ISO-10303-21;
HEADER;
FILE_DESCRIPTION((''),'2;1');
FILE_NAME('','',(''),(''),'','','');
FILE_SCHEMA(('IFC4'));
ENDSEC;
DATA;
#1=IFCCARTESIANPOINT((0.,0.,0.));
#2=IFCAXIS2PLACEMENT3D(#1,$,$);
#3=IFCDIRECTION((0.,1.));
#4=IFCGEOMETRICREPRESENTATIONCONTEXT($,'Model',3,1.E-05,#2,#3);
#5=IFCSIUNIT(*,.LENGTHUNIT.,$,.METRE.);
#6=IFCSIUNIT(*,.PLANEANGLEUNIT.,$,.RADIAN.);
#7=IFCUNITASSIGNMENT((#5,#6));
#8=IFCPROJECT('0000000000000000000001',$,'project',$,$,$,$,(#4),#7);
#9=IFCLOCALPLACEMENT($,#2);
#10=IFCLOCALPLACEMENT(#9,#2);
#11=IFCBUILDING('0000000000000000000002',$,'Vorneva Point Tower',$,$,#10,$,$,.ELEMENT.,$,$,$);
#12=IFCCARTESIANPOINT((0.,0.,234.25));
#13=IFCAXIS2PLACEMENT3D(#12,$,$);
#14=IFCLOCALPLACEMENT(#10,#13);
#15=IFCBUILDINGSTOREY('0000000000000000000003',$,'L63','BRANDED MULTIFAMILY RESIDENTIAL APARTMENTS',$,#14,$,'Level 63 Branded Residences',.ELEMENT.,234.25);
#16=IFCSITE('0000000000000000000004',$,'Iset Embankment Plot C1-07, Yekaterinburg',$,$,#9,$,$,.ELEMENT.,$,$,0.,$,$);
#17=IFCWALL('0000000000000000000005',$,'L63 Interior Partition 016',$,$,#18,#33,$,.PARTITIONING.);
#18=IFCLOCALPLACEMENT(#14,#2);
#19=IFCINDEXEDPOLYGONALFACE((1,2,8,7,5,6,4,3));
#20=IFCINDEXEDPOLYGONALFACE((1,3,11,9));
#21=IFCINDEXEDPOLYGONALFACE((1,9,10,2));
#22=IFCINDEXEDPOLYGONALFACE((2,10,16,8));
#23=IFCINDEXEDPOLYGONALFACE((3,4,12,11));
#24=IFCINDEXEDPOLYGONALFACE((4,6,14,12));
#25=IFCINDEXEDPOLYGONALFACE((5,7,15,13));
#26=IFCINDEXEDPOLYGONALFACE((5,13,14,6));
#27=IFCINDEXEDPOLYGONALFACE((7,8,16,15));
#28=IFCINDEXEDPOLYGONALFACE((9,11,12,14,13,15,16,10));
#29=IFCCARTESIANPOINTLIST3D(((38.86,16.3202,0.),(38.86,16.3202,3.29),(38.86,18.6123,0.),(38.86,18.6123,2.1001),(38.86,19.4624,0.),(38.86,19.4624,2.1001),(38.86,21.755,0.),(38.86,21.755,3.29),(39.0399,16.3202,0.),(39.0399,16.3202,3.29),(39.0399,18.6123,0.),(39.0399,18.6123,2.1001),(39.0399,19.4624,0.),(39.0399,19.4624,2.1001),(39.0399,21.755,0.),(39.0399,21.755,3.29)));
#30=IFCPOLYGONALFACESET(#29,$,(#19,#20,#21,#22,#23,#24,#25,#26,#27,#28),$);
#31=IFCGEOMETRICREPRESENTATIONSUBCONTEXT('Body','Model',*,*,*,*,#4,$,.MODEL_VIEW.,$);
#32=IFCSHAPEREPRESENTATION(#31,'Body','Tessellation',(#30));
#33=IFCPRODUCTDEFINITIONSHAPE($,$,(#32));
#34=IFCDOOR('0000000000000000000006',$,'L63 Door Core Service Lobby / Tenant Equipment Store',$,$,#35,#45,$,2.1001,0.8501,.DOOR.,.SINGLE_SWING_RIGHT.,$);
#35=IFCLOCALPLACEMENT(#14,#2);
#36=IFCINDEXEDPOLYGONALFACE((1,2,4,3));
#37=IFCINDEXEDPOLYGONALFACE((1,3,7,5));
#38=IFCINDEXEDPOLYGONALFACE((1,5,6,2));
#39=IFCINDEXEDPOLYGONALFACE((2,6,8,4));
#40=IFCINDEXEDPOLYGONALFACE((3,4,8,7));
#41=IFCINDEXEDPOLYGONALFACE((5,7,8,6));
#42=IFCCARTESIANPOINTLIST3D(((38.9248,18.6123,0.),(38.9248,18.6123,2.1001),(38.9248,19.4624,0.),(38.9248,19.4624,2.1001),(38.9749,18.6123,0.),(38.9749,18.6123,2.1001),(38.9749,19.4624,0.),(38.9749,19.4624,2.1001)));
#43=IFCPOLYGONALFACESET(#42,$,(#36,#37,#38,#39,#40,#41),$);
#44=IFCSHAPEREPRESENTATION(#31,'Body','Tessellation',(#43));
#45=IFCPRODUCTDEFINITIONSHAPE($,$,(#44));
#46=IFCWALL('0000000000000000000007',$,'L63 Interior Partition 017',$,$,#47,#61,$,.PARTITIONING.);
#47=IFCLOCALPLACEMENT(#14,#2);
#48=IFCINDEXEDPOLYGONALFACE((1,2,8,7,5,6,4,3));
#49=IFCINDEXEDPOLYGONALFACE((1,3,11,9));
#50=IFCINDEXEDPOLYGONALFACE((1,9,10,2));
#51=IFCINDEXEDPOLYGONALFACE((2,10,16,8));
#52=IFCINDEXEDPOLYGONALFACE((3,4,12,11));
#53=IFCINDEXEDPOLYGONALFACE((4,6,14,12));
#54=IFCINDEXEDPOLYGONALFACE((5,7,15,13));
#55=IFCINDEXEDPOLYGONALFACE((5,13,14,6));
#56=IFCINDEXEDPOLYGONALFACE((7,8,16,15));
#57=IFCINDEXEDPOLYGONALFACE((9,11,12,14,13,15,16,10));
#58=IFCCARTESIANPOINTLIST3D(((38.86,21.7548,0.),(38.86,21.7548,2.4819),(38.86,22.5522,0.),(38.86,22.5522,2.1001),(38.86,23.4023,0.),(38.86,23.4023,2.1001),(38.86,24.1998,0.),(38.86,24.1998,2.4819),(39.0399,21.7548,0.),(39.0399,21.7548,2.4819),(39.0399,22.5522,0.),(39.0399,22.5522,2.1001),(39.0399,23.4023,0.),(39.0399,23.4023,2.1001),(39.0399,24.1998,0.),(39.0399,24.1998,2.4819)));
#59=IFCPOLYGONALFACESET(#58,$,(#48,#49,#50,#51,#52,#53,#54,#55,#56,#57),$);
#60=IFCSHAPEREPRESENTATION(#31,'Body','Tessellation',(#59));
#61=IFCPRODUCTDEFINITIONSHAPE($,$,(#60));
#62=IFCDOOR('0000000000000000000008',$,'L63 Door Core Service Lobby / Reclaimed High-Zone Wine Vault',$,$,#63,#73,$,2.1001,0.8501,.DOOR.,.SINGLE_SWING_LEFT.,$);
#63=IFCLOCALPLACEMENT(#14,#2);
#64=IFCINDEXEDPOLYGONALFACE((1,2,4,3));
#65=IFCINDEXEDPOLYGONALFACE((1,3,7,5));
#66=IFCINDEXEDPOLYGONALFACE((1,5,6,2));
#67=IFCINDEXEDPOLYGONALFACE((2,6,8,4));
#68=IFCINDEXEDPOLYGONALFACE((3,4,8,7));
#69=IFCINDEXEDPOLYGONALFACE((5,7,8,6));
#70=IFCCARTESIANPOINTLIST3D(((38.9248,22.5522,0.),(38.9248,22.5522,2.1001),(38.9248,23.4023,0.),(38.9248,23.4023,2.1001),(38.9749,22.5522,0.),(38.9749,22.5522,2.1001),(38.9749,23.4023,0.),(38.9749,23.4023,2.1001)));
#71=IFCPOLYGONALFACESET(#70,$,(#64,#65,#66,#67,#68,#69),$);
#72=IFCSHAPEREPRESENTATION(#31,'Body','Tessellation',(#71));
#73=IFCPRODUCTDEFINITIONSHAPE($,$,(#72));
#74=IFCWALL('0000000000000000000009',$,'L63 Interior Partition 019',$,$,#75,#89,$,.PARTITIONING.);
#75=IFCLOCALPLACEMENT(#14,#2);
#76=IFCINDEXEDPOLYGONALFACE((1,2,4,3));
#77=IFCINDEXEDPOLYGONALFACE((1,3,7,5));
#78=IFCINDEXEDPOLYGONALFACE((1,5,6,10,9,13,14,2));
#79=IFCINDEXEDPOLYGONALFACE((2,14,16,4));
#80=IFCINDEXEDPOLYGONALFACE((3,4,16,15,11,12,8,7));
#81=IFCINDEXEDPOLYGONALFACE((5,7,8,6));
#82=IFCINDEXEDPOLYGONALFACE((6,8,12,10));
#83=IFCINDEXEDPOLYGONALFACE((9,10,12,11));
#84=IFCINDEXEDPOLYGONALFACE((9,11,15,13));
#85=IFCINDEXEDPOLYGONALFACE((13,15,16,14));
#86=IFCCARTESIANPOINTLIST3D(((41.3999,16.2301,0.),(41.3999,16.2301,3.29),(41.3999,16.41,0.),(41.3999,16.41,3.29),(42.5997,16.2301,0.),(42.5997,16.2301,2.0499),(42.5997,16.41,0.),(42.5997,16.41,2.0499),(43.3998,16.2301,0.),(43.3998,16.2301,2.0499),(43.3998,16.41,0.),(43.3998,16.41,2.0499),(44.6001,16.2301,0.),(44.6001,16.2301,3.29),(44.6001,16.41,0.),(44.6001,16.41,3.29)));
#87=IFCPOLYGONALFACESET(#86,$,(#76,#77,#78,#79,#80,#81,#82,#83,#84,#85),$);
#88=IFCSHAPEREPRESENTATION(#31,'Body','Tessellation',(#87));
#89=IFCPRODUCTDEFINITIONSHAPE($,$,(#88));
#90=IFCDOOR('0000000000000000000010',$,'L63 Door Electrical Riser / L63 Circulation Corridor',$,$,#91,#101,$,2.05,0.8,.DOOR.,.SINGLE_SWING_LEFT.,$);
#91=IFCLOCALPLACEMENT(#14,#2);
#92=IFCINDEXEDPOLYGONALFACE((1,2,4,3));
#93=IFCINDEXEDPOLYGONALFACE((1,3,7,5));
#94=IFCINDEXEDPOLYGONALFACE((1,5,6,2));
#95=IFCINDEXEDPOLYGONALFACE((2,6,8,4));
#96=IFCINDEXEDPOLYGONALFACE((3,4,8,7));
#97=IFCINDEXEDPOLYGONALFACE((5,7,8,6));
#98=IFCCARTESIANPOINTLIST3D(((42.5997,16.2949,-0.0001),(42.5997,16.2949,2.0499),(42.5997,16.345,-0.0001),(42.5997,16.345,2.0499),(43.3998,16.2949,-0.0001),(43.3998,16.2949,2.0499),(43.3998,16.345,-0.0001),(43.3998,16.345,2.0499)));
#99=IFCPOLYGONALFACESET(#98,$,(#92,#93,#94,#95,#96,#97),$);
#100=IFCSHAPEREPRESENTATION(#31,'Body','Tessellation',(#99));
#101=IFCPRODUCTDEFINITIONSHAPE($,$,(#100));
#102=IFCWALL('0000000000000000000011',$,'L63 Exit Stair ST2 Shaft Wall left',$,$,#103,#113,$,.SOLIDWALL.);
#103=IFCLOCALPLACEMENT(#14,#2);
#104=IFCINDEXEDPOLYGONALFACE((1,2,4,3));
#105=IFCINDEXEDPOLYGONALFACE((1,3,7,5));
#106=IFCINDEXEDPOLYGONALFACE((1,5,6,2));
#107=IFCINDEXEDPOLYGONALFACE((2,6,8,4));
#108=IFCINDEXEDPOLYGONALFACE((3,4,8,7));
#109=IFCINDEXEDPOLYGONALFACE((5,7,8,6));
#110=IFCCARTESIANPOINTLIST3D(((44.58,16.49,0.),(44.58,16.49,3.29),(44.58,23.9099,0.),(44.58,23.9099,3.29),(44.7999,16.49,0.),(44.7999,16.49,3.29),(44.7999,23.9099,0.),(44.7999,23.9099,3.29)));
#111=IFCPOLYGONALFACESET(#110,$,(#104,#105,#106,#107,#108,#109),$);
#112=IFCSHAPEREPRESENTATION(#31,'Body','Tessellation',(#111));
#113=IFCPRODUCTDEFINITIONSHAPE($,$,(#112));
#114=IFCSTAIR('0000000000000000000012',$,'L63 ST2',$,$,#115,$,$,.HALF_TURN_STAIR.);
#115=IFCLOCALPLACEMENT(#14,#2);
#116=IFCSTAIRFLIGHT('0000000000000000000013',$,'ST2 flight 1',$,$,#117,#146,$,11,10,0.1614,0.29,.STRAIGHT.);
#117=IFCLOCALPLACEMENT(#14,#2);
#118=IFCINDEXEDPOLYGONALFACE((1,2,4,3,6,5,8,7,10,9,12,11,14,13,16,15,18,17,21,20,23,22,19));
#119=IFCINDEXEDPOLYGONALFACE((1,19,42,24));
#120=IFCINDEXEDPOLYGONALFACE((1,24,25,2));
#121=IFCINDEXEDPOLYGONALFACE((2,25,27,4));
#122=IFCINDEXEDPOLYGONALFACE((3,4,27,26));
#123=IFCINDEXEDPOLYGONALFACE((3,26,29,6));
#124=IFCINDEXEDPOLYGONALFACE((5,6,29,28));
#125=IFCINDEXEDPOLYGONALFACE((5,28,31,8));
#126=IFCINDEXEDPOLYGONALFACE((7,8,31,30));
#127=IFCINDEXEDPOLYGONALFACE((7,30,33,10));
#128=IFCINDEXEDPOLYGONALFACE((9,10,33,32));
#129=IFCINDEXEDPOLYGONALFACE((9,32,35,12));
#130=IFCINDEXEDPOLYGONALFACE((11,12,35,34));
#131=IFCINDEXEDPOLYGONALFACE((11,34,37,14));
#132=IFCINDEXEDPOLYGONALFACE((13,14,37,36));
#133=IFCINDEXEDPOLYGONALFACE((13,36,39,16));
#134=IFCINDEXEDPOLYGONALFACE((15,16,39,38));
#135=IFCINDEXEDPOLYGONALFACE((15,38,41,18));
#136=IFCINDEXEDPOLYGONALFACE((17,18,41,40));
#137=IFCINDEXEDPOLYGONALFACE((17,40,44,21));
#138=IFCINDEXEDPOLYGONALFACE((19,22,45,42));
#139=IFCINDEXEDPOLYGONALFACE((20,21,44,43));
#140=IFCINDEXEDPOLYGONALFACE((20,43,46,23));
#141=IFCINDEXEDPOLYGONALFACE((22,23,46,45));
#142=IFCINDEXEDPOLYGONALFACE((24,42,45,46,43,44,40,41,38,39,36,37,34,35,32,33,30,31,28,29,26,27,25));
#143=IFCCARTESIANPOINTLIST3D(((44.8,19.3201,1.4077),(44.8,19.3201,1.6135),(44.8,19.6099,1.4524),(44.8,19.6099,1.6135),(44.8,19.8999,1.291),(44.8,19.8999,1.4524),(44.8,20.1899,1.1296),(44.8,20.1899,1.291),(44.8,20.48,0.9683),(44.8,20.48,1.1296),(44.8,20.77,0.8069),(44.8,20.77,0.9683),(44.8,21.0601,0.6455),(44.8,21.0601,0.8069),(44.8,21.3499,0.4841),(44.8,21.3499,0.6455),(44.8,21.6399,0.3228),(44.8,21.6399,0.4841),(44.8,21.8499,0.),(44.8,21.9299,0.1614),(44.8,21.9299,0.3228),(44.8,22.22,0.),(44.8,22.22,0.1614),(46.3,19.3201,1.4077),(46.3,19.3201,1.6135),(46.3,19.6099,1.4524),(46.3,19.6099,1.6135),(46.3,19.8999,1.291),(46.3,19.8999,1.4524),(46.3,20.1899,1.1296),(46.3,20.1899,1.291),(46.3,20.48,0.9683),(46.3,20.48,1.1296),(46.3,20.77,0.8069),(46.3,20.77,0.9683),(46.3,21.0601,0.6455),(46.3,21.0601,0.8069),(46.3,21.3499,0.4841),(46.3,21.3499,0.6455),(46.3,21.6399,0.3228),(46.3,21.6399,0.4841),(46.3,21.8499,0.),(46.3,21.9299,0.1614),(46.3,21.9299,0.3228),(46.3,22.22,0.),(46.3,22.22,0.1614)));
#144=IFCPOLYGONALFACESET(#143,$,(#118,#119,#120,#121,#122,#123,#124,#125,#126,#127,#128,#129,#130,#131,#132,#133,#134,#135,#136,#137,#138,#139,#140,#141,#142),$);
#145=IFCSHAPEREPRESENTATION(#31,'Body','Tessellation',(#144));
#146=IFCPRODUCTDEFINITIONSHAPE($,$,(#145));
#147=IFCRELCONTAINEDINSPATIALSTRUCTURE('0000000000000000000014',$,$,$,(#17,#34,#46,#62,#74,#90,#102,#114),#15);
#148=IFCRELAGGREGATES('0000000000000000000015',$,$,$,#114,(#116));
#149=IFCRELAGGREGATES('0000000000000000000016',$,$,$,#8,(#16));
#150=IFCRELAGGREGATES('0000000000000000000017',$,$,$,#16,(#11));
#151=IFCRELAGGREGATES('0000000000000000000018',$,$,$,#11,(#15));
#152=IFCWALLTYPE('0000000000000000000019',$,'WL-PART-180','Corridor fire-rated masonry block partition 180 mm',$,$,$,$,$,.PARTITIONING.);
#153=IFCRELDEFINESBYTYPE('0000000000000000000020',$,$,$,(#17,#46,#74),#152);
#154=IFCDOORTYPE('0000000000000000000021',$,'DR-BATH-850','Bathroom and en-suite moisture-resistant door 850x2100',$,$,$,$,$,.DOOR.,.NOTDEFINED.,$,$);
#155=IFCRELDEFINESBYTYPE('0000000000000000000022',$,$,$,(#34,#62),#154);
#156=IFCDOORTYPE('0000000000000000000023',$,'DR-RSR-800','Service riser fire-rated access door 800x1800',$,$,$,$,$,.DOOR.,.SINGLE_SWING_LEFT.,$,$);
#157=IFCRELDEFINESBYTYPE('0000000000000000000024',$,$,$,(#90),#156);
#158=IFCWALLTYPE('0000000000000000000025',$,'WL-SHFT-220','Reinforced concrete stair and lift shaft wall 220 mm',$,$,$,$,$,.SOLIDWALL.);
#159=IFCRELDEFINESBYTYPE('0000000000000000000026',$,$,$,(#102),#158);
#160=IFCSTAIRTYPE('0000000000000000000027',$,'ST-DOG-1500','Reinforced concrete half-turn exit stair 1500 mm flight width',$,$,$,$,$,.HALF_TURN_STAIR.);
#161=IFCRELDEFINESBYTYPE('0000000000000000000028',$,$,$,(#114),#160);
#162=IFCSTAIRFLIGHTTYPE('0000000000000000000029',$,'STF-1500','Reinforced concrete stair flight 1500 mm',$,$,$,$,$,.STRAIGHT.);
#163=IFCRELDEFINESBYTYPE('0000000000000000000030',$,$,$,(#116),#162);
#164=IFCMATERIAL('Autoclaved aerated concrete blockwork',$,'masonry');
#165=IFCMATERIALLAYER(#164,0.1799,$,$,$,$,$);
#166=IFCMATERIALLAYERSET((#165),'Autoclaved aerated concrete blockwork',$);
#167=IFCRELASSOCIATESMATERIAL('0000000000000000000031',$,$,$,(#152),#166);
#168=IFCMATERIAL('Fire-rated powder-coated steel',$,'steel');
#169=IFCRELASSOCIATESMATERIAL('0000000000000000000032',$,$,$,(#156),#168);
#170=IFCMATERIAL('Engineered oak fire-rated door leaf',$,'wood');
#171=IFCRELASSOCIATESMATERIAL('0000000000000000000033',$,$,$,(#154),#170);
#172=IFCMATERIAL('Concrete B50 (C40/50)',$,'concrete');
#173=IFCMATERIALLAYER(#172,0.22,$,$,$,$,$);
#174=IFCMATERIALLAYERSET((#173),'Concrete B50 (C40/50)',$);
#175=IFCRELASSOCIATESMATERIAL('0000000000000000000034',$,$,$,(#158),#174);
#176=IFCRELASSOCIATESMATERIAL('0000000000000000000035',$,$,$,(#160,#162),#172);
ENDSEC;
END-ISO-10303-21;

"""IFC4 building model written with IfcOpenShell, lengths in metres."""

from ifc_helpers import new_model, si_unit, direction, frame, frame_2d, origin, place, context, subcontext, project, spatial, polyline, rectangle, outline, extrude, material, layer, layer_set, type_object, element, fill, aggregate, save


model = new_model("IFC4")

# Units and contexts
model_context = context("Model", 3, precision=1e-05, world=origin(), true_north=direction((0.0, 1.0)))
body_context = subcontext(model_context, "Body", "Model", "MODEL_VIEW")
ifc_project = project(units=[si_unit("LENGTHUNIT", "METRE"), si_unit("PLANEANGLEUNIT", "RADIAN")], contexts=[model_context])

# Site, building, storey
site_placement = place(None, origin())
site = spatial("IfcSite", under=ifc_project, at=site_placement, Name="Iset Embankment Plot C1-07, Yekaterinburg", CompositionType="ELEMENT", RefElevation=0.0)
building_placement = place(site_placement, origin())
building = spatial("IfcBuilding", under=site, at=building_placement, Name="Vorneva Point Tower", CompositionType="ELEMENT")
storey_placement = place(building_placement, frame((0.0, 0.0, 234.25)))
storey = spatial("IfcBuildingStorey", under=building, at=storey_placement, Name="L63", Description="BRANDED MULTIFAMILY RESIDENTIAL APARTMENTS", LongName="Level 63 Branded Residences", CompositionType="ELEMENT", Elevation=234.25)

# Shared definitions
ifc_material_1 = material(Name="Concrete B50 (C40/50)", Category="concrete")

# Shared definitions
ifc_material_2 = material(Name="Autoclaved aerated concrete blockwork", Category="masonry")
ifc_layer_1 = layer(ifc_material_2, 0.1799)
ifc_layer_set_1 = layer_set([ifc_layer_1], Name="Autoclaved aerated concrete blockwork")
wall_type_1 = type_object("IfcWallType", Name="WL-PART-180", Description="Corridor fire-rated masonry block partition 180 mm", PredefinedType="PARTITIONING", material=ifc_layer_set_1)

# Walls, openings, doors
ifc_material_3 = material(Name="Fire-rated powder-coated steel", Category="steel")
door_type_1 = type_object("IfcDoorType", Name="DR-RSR-800", Description="Service riser fire-rated access door 800x1800", OperationType="SINGLE_SWING_LEFT", PredefinedType="DOOR", material=ifc_material_3)
wall_1_placement = place(storey_placement, frame((38.95, 21.7549, 0.0), z_axis=(0.0, 0.0, 1.0), x_axis=(0.0, -1.0, 0.0)))
wall_1 = element("IfcWall", 1, at=wall_1_placement, inside=storey, type_object=wall_type_1, Name="L63 Interior Partition 016", PredefinedType="PARTITIONING", context=body_context, shape_type="SweptSolid", body=[
    extrude(rectangle(XDim=5.4348, YDim=0.1799, at=frame_2d((2.7173, 0.0))), origin(), (0.0, 0.0, 1.0), 3.29),
])
opening_1_placement = place(wall_1_placement, frame((2.2925, 0.0, 0.0)))
opening_1 = element("IfcOpeningElement", 2, at=opening_1_placement, cuts=wall_1, PredefinedType="OPENING", context=body_context, shape_type="SweptSolid", body=[
    extrude(rectangle(XDim=0.8501, YDim=2.1001, at=frame_2d((0.425, 1.05))), frame((0.0, 0.105, 0.0), z_axis=(0.0, -1.0, 0.0), x_axis=(1.0, 0.0, 0.0)), (0.0, 0.0, 1.0), 0.2097),
])
ifc_material_4 = material(Name="Engineered oak fire-rated door leaf", Category="wood")
door_type_2 = type_object("IfcDoorType", Name="DR-BATH-850", Description="Bathroom and en-suite moisture-resistant door 850x2100", OperationType="NOTDEFINED", PredefinedType="DOOR", material=ifc_material_4)
door_1_placement = place(opening_1_placement, origin())
door_1 = element("IfcDoor", 3, at=door_1_placement, inside=storey, type_object=door_type_2, Name="L63 Door Core Service Lobby / Tenant Equipment Store", OperationType="SINGLE_SWING_RIGHT", OverallHeight=2.1001, OverallWidth=0.8501, PredefinedType="DOOR", context=body_context, shape_type="SweptSolid", body=[
    extrude(rectangle(XDim=0.8501, YDim=2.1001, at=frame_2d((0.425, 1.05))), frame((0.0, 0.0249, 0.0), z_axis=(0.0, -1.0, 0.0), x_axis=(1.0, 0.0, 0.0)), (0.0, 0.0, 1.0), 0.05),
])
fill(opening_1, door_1)
wall_2_placement = place(storey_placement, frame((38.95, 24.2, 0.0), z_axis=(0.0, 0.0, 1.0), x_axis=(0.0, -1.0, 0.0)))
wall_2 = element("IfcWall", 4, at=wall_2_placement, inside=storey, type_object=wall_type_1, Name="L63 Interior Partition 017", PredefinedType="PARTITIONING", context=body_context, shape_type="SweptSolid", body=[
    extrude(rectangle(XDim=2.4451, YDim=0.1799, at=frame_2d((1.2227, 0.0))), origin(), (0.0, 0.0, 1.0), 2.4819),
])
opening_2_placement = place(wall_2_placement, frame((0.7976, 0.0, 0.0)))
opening_2 = element("IfcOpeningElement", 5, at=opening_2_placement, cuts=wall_2, PredefinedType="OPENING", context=body_context, shape_type="SweptSolid", body=[
    extrude(rectangle(XDim=0.8501, YDim=2.1001, at=frame_2d((0.425, 1.05))), frame((0.0, 0.105, 0.0), z_axis=(0.0, -1.0, 0.0), x_axis=(1.0, 0.0, 0.0)), (0.0, 0.0, 1.0), 0.2097),
])
door_2_placement = place(opening_2_placement, origin())
door_2 = element("IfcDoor", 6, at=door_2_placement, inside=storey, type_object=door_type_2, Name="L63 Door Core Service Lobby / Reclaimed High-Zone Wine Vault", OperationType="SINGLE_SWING_LEFT", OverallHeight=2.1001, OverallWidth=0.8501, PredefinedType="DOOR", context=body_context, shape_type="SweptSolid", body=[
    extrude(rectangle(XDim=0.8501, YDim=2.1001, at=frame_2d((0.425, 1.05))), frame((0.0, 0.0249, 0.0), z_axis=(0.0, -1.0, 0.0), x_axis=(1.0, 0.0, 0.0)), (0.0, 0.0, 1.0), 0.05),
])
fill(opening_2, door_2)
wall_3_placement = place(storey_placement, frame((41.3999, 16.3201, 0.0), z_axis=(0.0, 0.0, 1.0), x_axis=(1.0, 0.0, 0.0)))
wall_3 = element("IfcWall", 7, at=wall_3_placement, inside=storey, type_object=wall_type_1, Name="L63 Interior Partition 019", PredefinedType="PARTITIONING", context=body_context, shape_type="SweptSolid", body=[
    extrude(rectangle(XDim=3.2002, YDim=0.1799, at=frame_2d((1.6001, 0.0))), origin(), (0.0, 0.0, 1.0), 3.29),
])
opening_3_placement = place(wall_3_placement, frame((1.2, 0.0, 0.0)))
opening_3 = element("IfcOpeningElement", 8, at=opening_3_placement, cuts=wall_3, PredefinedType="OPENING", context=body_context, shape_type="SweptSolid", body=[
    extrude(rectangle(XDim=0.8, YDim=2.05, at=frame_2d((0.3999, 1.0249))), frame((0.0, 0.105, 0.0), z_axis=(0.0, -1.0, 0.0), x_axis=(1.0, 0.0, 0.0)), (0.0, 0.0, 1.0), 0.2097),
])
door_3_placement = place(opening_3_placement, origin())
door_3 = element("IfcDoor", 9, at=door_3_placement, inside=storey, type_object=door_type_1, Name="L63 Door Electrical Riser / L63 Circulation Corridor", OperationType="SINGLE_SWING_LEFT", OverallHeight=2.05, OverallWidth=0.8, PredefinedType="DOOR", context=body_context, shape_type="SweptSolid", body=[
    extrude(rectangle(XDim=0.8, YDim=2.05, at=frame_2d((0.3999, 1.0249))), frame((0.0, 0.0249, 0.0), z_axis=(0.0, -1.0, 0.0), x_axis=(1.0, 0.0, 0.0)), (0.0, 0.0, 1.0), 0.05),
])
fill(opening_3, door_3)
ifc_layer_2 = layer(ifc_material_1, 0.22)
ifc_layer_set_2 = layer_set([ifc_layer_2], Name="Concrete B50 (C40/50)")
wall_type_2 = type_object("IfcWallType", Name="WL-SHFT-220", Description="Reinforced concrete stair and lift shaft wall 220 mm", PredefinedType="SOLIDWALL", material=ifc_layer_set_2)

# Wall
wall_4_placement = place(storey_placement, frame((44.6899, 16.49, 0.0), z_axis=(0.0, 0.0, 1.0), x_axis=(0.0, 1.0, 0.0)))
element("IfcWall", 10, at=wall_4_placement, inside=storey, type_object=wall_type_2, Name="L63 Exit Stair ST2 Shaft Wall left", PredefinedType="SOLIDWALL", context=body_context, shape_type="SweptSolid", body=[
    extrude(rectangle(XDim=7.4199, YDim=0.22, at=frame_2d((3.71, 0.0))), origin(), (0.0, 0.0, 1.0), 3.29),
])

# Stair, stair flight
stair_type = type_object("IfcStairType", Name="ST-DOG-1500", Description="Reinforced concrete half-turn exit stair 1500 mm flight width", PredefinedType="HALF_TURN_STAIR", material=ifc_material_1)
stair_placement = place(storey_placement, origin())
stair = element("IfcStair", 11, at=stair_placement, inside=storey, type_object=stair_type, Name="L63 ST2", PredefinedType="HALF_TURN_STAIR")
stair_flight_type = type_object("IfcStairFlightType", Name="STF-1500", Description="Reinforced concrete stair flight 1500 mm", PredefinedType="STRAIGHT", material=ifc_material_1)
stair_flight_placement = place(storey_placement, frame((45.55, 22.22, 0.0), z_axis=(0.0, 0.0, 1.0), x_axis=(0.0, -1.0, 0.0)))
stair_flight = element("IfcStairFlight", 12, at=stair_flight_placement, type_object=stair_flight_type, Name="ST2 flight 1", NumberOfRisers=11, NumberOfTreads=10, PredefinedType="STRAIGHT", RiserHeight=0.1614, TreadLength=0.29, context=body_context, shape_type="SweptSolid", body=[
    extrude(outline(polyline([(0.0, 0.0), (0.0, 0.1614), (0.29, 0.1614), (0.29, 0.3228), (0.5801, 0.3228), (0.5801, 0.4841), (0.8701, 0.4841), (0.8701, 0.6455), (1.1599, 0.6455), (1.1599, 0.8069), (1.45, 0.8069), (1.45, 0.9683), (1.74, 0.9683), (1.74, 1.1296), (2.03, 1.1296), (2.03, 1.291), (2.3201, 1.291), (2.3201, 1.4524), (2.6101, 1.4524), (2.6101, 1.6135), (2.8999, 1.6135), (2.8999, 1.7749), (2.8999, 1.4077), (0.3701, 0.0), (0.0, 0.0)])), frame((0.0, 0.75, 0.0), z_axis=(0.0, -1.0, 0.0), x_axis=(1.0, 0.0, 0.0)), (0.0, 0.0, 1.0), 1.5),
])
aggregate(stair, [stair_flight])

save(model, "model.ifc")
